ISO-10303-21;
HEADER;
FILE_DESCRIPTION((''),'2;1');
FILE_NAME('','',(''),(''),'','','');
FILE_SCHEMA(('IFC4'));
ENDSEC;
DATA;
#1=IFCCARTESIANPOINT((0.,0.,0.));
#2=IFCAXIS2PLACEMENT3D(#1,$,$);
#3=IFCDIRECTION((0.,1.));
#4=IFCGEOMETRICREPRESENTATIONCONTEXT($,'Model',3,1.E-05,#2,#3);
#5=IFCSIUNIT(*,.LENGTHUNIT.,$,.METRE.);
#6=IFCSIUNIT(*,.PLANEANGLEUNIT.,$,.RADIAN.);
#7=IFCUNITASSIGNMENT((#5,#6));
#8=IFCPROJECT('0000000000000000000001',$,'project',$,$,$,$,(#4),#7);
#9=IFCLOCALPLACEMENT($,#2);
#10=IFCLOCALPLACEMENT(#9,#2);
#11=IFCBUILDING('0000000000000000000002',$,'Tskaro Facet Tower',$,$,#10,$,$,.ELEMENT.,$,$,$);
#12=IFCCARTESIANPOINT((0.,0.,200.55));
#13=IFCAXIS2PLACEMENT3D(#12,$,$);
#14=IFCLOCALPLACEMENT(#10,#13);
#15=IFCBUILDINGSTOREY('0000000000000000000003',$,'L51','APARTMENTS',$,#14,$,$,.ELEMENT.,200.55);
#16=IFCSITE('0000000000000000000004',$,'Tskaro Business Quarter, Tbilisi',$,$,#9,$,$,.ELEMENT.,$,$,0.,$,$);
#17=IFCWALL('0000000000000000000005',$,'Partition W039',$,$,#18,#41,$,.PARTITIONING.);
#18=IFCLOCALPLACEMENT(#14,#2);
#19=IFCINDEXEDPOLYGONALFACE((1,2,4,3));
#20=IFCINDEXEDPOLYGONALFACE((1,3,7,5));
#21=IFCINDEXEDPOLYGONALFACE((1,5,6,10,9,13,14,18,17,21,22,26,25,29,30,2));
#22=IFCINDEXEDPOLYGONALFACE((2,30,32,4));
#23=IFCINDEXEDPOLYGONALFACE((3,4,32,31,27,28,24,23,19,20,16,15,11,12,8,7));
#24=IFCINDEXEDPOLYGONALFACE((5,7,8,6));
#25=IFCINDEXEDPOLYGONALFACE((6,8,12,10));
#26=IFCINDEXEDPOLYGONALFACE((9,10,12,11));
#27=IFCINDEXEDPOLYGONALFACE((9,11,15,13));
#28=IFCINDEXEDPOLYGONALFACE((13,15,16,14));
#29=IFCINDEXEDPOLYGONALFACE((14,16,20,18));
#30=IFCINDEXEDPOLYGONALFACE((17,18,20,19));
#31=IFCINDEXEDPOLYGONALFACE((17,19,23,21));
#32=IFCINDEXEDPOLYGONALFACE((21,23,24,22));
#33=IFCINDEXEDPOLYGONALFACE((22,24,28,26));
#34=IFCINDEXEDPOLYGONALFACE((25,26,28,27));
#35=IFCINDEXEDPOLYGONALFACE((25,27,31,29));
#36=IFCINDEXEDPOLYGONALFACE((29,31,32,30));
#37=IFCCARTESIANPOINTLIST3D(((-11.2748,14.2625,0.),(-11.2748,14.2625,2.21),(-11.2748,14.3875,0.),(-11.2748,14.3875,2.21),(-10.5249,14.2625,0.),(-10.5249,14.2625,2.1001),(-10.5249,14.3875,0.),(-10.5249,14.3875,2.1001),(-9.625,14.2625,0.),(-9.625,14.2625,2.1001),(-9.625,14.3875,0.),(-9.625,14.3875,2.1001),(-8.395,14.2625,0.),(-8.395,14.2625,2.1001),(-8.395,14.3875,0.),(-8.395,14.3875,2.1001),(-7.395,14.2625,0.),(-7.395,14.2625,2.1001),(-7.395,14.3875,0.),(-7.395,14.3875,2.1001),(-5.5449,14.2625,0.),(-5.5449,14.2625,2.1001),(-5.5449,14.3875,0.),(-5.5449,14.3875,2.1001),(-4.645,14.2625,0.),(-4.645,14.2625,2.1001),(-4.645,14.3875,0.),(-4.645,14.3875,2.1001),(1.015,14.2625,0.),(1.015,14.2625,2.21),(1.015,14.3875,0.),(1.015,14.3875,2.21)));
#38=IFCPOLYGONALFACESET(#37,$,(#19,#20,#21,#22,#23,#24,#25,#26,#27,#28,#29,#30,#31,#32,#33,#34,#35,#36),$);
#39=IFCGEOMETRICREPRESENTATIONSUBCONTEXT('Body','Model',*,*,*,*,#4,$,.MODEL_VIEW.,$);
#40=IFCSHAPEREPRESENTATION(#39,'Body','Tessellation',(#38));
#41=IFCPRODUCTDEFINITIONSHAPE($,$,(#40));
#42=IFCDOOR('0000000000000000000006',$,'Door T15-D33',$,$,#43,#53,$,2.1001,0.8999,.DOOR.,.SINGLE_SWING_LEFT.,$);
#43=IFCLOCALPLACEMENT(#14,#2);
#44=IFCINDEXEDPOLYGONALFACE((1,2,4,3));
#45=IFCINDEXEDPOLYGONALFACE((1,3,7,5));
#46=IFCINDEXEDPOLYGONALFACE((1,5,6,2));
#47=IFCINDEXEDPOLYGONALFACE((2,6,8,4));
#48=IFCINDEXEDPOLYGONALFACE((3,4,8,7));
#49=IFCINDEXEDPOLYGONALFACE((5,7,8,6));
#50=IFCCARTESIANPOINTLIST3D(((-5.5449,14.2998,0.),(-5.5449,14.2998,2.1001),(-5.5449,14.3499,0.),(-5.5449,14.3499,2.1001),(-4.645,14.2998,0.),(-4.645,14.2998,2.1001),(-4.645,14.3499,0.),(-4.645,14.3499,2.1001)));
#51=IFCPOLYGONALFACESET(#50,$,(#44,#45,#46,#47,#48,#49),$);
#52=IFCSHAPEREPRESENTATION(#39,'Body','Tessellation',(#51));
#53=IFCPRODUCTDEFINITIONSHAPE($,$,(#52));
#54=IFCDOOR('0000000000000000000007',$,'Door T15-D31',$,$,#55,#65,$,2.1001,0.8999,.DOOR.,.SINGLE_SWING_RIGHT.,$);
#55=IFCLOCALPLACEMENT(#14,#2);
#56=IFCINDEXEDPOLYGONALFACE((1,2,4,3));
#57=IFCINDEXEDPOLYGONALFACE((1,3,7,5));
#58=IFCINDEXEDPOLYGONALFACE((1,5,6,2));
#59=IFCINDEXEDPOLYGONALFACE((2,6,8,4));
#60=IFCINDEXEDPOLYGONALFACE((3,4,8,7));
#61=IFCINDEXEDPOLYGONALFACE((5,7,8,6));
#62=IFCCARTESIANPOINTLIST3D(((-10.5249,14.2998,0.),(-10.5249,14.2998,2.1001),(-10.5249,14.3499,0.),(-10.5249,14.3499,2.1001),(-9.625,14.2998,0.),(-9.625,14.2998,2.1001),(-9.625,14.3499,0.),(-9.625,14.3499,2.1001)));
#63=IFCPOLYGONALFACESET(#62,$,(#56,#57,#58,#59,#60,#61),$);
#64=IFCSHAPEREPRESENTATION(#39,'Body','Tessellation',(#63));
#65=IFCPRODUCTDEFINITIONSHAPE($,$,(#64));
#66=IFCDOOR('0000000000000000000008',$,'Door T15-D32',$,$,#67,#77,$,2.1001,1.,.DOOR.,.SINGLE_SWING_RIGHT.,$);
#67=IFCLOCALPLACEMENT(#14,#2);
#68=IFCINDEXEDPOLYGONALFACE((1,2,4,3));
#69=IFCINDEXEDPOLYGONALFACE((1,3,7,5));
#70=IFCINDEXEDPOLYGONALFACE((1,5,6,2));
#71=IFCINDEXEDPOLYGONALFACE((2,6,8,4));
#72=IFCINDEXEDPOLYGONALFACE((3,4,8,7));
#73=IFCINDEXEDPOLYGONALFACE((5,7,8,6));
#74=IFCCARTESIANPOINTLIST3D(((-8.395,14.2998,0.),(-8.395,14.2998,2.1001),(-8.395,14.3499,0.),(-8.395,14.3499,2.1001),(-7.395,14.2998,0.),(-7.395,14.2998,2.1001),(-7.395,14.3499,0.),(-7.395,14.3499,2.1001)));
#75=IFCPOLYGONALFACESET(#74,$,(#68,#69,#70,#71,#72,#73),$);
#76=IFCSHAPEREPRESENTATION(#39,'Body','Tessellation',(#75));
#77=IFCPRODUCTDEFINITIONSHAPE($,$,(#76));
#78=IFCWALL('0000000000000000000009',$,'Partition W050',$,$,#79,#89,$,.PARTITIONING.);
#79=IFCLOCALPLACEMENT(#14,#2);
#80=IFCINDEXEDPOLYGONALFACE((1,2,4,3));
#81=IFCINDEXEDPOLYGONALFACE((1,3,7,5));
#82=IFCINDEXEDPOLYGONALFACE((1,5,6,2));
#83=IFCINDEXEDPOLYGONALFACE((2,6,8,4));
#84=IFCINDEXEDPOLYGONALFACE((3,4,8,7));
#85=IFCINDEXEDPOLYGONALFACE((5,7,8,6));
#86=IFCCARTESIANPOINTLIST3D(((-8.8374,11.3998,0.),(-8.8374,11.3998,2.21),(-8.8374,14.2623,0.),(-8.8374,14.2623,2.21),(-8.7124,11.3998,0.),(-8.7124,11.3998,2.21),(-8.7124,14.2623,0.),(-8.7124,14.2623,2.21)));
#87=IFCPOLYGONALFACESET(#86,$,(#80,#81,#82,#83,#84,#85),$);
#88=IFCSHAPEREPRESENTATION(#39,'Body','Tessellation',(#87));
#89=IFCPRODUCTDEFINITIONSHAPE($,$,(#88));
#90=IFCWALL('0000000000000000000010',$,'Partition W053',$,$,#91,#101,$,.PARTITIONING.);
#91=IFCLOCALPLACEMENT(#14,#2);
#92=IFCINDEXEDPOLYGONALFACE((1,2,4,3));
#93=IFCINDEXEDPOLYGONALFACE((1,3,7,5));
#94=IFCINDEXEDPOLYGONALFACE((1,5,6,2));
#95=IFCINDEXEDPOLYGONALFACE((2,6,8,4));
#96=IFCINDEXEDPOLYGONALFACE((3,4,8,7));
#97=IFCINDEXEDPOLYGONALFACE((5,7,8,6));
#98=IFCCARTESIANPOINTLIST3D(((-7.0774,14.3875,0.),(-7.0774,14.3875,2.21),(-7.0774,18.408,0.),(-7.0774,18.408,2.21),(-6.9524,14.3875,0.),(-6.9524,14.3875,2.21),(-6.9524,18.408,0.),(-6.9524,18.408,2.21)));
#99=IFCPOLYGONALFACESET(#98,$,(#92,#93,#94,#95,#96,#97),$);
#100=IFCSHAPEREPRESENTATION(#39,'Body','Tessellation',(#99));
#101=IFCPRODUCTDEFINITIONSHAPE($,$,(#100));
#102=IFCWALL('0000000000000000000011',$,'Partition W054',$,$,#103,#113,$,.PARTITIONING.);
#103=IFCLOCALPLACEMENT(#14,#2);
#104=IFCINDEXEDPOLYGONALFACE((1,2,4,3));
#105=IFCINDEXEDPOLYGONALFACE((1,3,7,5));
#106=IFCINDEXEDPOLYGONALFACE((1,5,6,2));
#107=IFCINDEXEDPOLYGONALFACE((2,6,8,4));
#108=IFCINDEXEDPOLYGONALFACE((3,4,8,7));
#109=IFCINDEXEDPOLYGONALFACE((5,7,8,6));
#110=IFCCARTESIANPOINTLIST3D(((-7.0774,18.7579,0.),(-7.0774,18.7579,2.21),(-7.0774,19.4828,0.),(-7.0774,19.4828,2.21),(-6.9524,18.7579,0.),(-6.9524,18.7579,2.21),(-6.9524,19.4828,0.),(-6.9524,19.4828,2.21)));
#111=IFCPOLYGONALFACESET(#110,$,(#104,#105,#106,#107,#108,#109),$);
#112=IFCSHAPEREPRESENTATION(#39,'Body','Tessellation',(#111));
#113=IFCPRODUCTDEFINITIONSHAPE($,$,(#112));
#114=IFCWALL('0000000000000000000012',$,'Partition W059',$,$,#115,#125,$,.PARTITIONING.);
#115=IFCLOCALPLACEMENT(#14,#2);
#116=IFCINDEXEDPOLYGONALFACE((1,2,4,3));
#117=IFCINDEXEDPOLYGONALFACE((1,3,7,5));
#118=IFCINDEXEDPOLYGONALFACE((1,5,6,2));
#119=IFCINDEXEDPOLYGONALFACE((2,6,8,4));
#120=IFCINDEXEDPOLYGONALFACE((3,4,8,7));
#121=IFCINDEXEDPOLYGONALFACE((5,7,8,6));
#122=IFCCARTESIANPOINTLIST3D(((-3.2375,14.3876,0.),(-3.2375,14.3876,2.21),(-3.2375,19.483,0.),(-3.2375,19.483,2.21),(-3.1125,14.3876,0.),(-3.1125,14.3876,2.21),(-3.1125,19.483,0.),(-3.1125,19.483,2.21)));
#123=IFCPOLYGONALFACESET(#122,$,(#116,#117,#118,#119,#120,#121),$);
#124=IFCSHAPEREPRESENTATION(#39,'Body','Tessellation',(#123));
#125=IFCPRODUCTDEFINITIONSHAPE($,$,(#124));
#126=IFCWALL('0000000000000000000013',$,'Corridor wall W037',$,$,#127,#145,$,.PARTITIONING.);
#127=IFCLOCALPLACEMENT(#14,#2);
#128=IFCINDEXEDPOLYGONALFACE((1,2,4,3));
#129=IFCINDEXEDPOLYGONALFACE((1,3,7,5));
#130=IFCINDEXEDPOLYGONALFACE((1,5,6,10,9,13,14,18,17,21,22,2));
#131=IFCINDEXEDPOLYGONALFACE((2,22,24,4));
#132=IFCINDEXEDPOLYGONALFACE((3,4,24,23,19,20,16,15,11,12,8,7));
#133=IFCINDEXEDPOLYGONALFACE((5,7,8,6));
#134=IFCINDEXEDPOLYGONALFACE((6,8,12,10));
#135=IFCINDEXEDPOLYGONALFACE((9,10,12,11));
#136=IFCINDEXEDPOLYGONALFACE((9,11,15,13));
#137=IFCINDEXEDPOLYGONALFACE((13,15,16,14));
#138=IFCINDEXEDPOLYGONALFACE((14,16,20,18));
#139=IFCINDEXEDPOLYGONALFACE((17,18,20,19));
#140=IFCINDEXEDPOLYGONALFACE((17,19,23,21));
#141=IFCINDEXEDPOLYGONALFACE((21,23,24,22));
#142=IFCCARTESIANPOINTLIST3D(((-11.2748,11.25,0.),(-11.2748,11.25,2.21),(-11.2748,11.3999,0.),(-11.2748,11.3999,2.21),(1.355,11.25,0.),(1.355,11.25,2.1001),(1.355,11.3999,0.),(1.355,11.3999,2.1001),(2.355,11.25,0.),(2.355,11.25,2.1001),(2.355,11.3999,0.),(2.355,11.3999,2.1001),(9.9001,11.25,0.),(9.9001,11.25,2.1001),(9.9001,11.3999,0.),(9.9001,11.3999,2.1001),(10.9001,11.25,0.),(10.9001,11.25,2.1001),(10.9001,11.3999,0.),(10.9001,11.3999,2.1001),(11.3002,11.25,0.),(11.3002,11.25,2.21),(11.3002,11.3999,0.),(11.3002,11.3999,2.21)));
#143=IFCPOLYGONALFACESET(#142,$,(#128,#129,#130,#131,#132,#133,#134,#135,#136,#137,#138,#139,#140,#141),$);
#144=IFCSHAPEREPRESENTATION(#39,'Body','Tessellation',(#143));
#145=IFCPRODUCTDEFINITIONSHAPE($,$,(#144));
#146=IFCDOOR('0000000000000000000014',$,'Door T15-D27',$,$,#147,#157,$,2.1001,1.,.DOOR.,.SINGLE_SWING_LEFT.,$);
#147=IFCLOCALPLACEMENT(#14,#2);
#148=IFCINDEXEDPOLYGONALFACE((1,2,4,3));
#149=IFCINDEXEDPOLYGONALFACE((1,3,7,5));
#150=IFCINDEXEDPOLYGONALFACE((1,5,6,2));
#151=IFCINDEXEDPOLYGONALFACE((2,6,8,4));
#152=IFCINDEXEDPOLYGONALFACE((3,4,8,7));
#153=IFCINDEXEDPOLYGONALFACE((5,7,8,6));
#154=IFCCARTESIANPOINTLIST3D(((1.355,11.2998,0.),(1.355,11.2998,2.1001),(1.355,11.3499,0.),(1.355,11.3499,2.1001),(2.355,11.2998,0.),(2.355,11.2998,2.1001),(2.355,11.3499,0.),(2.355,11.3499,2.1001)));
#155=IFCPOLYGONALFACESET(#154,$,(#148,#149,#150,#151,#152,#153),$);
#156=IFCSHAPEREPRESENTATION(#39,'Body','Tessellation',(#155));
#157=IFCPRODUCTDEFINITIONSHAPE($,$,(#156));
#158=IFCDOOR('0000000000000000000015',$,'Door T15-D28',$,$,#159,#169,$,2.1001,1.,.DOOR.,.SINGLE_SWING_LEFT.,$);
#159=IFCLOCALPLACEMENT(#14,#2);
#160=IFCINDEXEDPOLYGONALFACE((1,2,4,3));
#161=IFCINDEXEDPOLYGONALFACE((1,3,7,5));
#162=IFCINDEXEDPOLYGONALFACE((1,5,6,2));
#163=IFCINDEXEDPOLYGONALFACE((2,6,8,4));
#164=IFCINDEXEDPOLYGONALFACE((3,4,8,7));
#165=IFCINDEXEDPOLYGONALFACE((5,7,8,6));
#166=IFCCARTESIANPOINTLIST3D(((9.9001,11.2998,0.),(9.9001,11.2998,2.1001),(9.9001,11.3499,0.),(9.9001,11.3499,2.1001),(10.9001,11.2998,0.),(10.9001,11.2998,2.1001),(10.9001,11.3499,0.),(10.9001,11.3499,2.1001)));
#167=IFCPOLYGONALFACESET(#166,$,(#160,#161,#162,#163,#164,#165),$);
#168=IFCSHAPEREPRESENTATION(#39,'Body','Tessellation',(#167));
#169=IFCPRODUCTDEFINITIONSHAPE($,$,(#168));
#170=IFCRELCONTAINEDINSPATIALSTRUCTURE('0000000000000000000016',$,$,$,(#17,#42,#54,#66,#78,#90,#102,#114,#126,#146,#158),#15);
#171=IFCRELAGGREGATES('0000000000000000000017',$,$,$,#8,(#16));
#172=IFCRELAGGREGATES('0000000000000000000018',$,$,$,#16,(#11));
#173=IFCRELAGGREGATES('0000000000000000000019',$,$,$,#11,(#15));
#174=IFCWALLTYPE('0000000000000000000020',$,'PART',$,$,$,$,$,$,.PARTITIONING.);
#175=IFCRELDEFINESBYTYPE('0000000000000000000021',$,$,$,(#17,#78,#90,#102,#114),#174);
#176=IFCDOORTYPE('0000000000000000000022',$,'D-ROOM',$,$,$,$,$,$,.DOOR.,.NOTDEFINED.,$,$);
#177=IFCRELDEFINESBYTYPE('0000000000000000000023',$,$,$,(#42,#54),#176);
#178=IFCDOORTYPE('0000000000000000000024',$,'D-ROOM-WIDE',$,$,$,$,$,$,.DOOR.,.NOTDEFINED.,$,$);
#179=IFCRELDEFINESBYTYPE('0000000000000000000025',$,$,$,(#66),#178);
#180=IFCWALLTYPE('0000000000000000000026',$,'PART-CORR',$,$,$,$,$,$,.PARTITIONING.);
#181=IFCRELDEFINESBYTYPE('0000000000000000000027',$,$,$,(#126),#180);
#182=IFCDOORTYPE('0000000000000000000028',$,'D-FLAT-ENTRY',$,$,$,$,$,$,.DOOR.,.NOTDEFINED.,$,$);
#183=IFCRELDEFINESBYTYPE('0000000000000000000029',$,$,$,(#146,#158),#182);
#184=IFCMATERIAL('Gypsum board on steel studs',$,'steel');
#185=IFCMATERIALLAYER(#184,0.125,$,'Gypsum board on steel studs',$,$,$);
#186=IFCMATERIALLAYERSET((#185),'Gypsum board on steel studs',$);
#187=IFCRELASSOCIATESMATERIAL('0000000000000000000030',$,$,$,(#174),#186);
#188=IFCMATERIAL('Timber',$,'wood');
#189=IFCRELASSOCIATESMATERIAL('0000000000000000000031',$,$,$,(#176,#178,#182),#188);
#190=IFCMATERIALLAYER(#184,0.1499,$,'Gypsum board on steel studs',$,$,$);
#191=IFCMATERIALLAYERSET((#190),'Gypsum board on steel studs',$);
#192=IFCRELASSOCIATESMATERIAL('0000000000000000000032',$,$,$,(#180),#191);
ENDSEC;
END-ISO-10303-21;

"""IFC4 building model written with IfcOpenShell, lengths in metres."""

from ifc_helpers import new_model, si_unit, direction, frame, frame_2d, origin, place, context, subcontext, project, spatial, rectangle, extrude, material, layer, layer_set, type_object, element, fill, save


model = new_model("IFC4")

# Units and contexts
model_context = context("Model", 3, precision=1e-05, world=origin(), true_north=direction((0.0, 1.0)))
body_context = subcontext(model_context, "Body", "Model", "MODEL_VIEW")
ifc_project = project(units=[si_unit("LENGTHUNIT", "METRE"), si_unit("PLANEANGLEUNIT", "RADIAN")], contexts=[model_context])

# Site, building, storey
site_placement = place(None, origin())
site = spatial("IfcSite", under=ifc_project, at=site_placement, Name="Tskaro Business Quarter, Tbilisi", CompositionType="ELEMENT", RefElevation=0.0)
building_placement = place(site_placement, origin())
building = spatial("IfcBuilding", under=site, at=building_placement, Name="Tskaro Facet Tower", CompositionType="ELEMENT")
storey_placement = place(building_placement, frame((0.0, 0.0, 200.55)))
storey = spatial("IfcBuildingStorey", under=building, at=storey_placement, Name="L51", Description="APARTMENTS", CompositionType="ELEMENT", Elevation=200.55)

# Wall, openings, doors
ifc_material_1 = material(Name="Gypsum board on steel studs", Category="steel")
ifc_layer_1 = layer(ifc_material_1, 0.125, Name="Gypsum board on steel studs")
ifc_layer_set_1 = layer_set([ifc_layer_1], Name="Gypsum board on steel studs")
wall_type_1 = type_object("IfcWallType", Name="PART", PredefinedType="PARTITIONING", material=ifc_layer_set_1)
wall_1_placement = place(storey_placement, frame((-11.2749, 14.325, 0.0), z_axis=(0.0, 0.0, 1.0), x_axis=(1.0, 0.0, 0.0)))
wall_1 = element("IfcWall", 1, at=wall_1_placement, inside=storey, type_object=wall_type_1, Name="Partition W039", PredefinedType="PARTITIONING", context=body_context, shape_type="SweptSolid", body=[
    extrude(rectangle(XDim=12.2898, YDim=0.125, at=frame_2d((6.145, 0.0))), origin(), (0.0, 0.0, 1.0), 2.21),
])
opening_1_placement = place(wall_1_placement, frame((5.73, 0.0, 0.0)))
opening_1 = element("IfcOpeningElement", 2, at=opening_1_placement, cuts=wall_1, PredefinedType="OPENING", context=body_context, shape_type="SweptSolid", body=[
    extrude(rectangle(XDim=0.8999, YDim=2.1001, at=frame_2d((0.45, 1.05))), frame((0.0, 0.0725, 0.0), z_axis=(0.0, -1.0, 0.0), x_axis=(1.0, 0.0, 0.0)), (0.0, 0.0, 1.0), 0.145),
])
opening_2_placement = place(wall_1_placement, frame((2.8799, 0.0, 0.0)))
opening_2 = element("IfcOpeningElement", 3, at=opening_2_placement, cuts=wall_1, PredefinedType="OPENING", context=body_context, shape_type="SweptSolid", body=[
    extrude(rectangle(XDim=1.0, YDim=2.1001, at=frame_2d((0.5, 1.05))), frame((0.0, 0.0725, 0.0), z_axis=(0.0, -1.0, 0.0), x_axis=(1.0, 0.0, 0.0)), (0.0, 0.0, 1.0), 0.145),
])
opening_3_placement = place(wall_1_placement, frame((0.75, 0.0, 0.0)))
opening_3 = element("IfcOpeningElement", 4, at=opening_3_placement, cuts=wall_1, PredefinedType="OPENING", context=body_context, shape_type="SweptSolid", body=[
    extrude(rectangle(XDim=0.8999, YDim=2.1001, at=frame_2d((0.45, 1.05))), frame((0.0, 0.0725, 0.0), z_axis=(0.0, -1.0, 0.0), x_axis=(1.0, 0.0, 0.0)), (0.0, 0.0, 1.0), 0.145),
])
ifc_material_2 = material(Name="Timber", Category="wood")
door_type_1 = type_object("IfcDoorType", Name="D-ROOM", OperationType="NOTDEFINED", PredefinedType="DOOR", material=ifc_material_2)
door_1_placement = place(opening_1_placement, origin())
door_1 = element("IfcDoor", 5, at=door_1_placement, inside=storey, type_object=door_type_1, Name="Door T15-D33", OperationType="SINGLE_SWING_LEFT", OverallHeight=2.1001, OverallWidth=0.8999, PredefinedType="DOOR", context=body_context, shape_type="SweptSolid", body=[
    extrude(rectangle(XDim=0.8999, YDim=2.1001, at=frame_2d((0.45, 1.05))), frame((0.0, 0.0249, 0.0), z_axis=(0.0, -1.0, 0.0), x_axis=(1.0, 0.0, 0.0)), (0.0, 0.0, 1.0), 0.05),
])
fill(opening_1, door_1)
door_2_placement = place(opening_3_placement, origin())
door_2 = element("IfcDoor", 6, at=door_2_placement, inside=storey, type_object=door_type_1, Name="Door T15-D31", OperationType="SINGLE_SWING_RIGHT", OverallHeight=2.1001, OverallWidth=0.8999, PredefinedType="DOOR", context=body_context, shape_type="SweptSolid", body=[
    extrude(rectangle(XDim=0.8999, YDim=2.1001, at=frame_2d((0.45, 1.05))), frame((0.0, 0.0249, 0.0), z_axis=(0.0, -1.0, 0.0), x_axis=(1.0, 0.0, 0.0)), (0.0, 0.0, 1.0), 0.05),
])
fill(opening_3, door_2)
door_type_2 = type_object("IfcDoorType", Name="D-ROOM-WIDE", OperationType="NOTDEFINED", PredefinedType="DOOR", material=ifc_material_2)
door_3_placement = place(opening_2_placement, origin())
door_3 = element("IfcDoor", 7, at=door_3_placement, inside=storey, type_object=door_type_2, Name="Door T15-D32", OperationType="SINGLE_SWING_RIGHT", OverallHeight=2.1001, OverallWidth=1.0, PredefinedType="DOOR", context=body_context, shape_type="SweptSolid", body=[
    extrude(rectangle(XDim=1.0, YDim=2.1001, at=frame_2d((0.5, 1.05))), frame((0.0, 0.0249, 0.0), z_axis=(0.0, -1.0, 0.0), x_axis=(1.0, 0.0, 0.0)), (0.0, 0.0, 1.0), 0.05),
])
fill(opening_2, door_3)

# Walls
wall_2_placement = place(storey_placement, frame((-8.7749, 11.3999, 0.0), z_axis=(0.0, 0.0, 1.0), x_axis=(0.0, 1.0, 0.0)))
element("IfcWall", 8, at=wall_2_placement, inside=storey, type_object=wall_type_1, Name="Partition W050", PredefinedType="PARTITIONING", context=body_context, shape_type="SweptSolid", body=[
    extrude(rectangle(XDim=2.8625, YDim=0.125, at=frame_2d((1.4312, 0.0))), origin(), (0.0, 0.0, 1.0), 2.21),
])
wall_3_placement = place(storey_placement, frame((-7.0149, 14.3875, 0.0), z_axis=(0.0, 0.0, 1.0), x_axis=(0.0, 1.0, 0.0)))
element("IfcWall", 9, at=wall_3_placement, inside=storey, type_object=wall_type_1, Name="Partition W053", PredefinedType="PARTITIONING", context=body_context, shape_type="SweptSolid", body=[
    extrude(rectangle(XDim=4.0205, YDim=0.125, at=frame_2d((2.0103, 0.0))), origin(), (0.0, 0.0, 1.0), 2.21),
])
wall_4_placement = place(storey_placement, frame((-7.0149, 18.7581, 0.0), z_axis=(0.0, 0.0, 1.0), x_axis=(0.0, 1.0, 0.0)))
element("IfcWall", 10, at=wall_4_placement, inside=storey, type_object=wall_type_1, Name="Partition W054", PredefinedType="PARTITIONING", context=body_context, shape_type="SweptSolid", body=[
    extrude(rectangle(XDim=0.7249, YDim=0.125, at=frame_2d((0.3623, 0.0))), origin(), (0.0, 0.0, 1.0), 2.21),
])
wall_5_placement = place(storey_placement, frame((-3.175, 14.3875, 0.0), z_axis=(0.0, 0.0, 1.0), x_axis=(0.0, 1.0, 0.0)))
element("IfcWall", 11, at=wall_5_placement, inside=storey, type_object=wall_type_1, Name="Partition W059", PredefinedType="PARTITIONING", context=body_context, shape_type="SweptSolid", body=[
    extrude(rectangle(XDim=5.0955, YDim=0.125, at=frame_2d((2.5479, 0.0))), origin(), (0.0, 0.0, 1.0), 2.21),
])

# Wall, openings, doors
ifc_layer_2 = layer(ifc_material_1, 0.1499, Name="Gypsum board on steel studs")
ifc_layer_set_2 = layer_set([ifc_layer_2], Name="Gypsum board on steel studs")
wall_type_2 = type_object("IfcWallType", Name="PART-CORR", PredefinedType="PARTITIONING", material=ifc_layer_set_2)
wall_6_placement = place(storey_placement, frame((-11.2749, 11.325, 0.0), z_axis=(0.0, 0.0, 1.0), x_axis=(1.0, 0.0, 0.0)))
wall_6 = element("IfcWall", 12, at=wall_6_placement, inside=storey, type_object=wall_type_2, Name="Corridor wall W037", PredefinedType="PARTITIONING", context=body_context, shape_type="SweptSolid", body=[
    extrude(rectangle(XDim=22.575, YDim=0.1499, at=frame_2d((11.2876, 0.0))), origin(), (0.0, 0.0, 1.0), 2.21),
])
opening_4_placement = place(wall_6_placement, frame((12.6299, 0.0, 0.0)))
opening_4 = element("IfcOpeningElement", 13, at=opening_4_placement, cuts=wall_6, PredefinedType="OPENING", context=body_context, shape_type="SweptSolid", body=[
    extrude(rectangle(XDim=1.0, YDim=2.1001, at=frame_2d((0.5, 1.05))), frame((0.0, 0.085, 0.0), z_axis=(0.0, -1.0, 0.0), x_axis=(1.0, 0.0, 0.0)), (0.0, 0.0, 1.0), 0.1699),
])
opening_5_placement = place(wall_6_placement, frame((21.175, 0.0, 0.0)))
opening_5 = element("IfcOpeningElement", 14, at=opening_5_placement, cuts=wall_6, PredefinedType="OPENING", context=body_context, shape_type="SweptSolid", body=[
    extrude(rectangle(XDim=1.0, YDim=2.1001, at=frame_2d((0.5, 1.05))), frame((0.0, 0.085, 0.0), z_axis=(0.0, -1.0, 0.0), x_axis=(1.0, 0.0, 0.0)), (0.0, 0.0, 1.0), 0.1699),
])
door_type_3 = type_object("IfcDoorType", Name="D-FLAT-ENTRY", OperationType="NOTDEFINED", PredefinedType="DOOR", material=ifc_material_2)
door_4_placement = place(opening_4_placement, origin())
door_4 = element("IfcDoor", 15, at=door_4_placement, inside=storey, type_object=door_type_3, Name="Door T15-D27", OperationType="SINGLE_SWING_LEFT", OverallHeight=2.1001, OverallWidth=1.0, PredefinedType="DOOR", context=body_context, shape_type="SweptSolid", body=[
    extrude(rectangle(XDim=1.0, YDim=2.1001, at=frame_2d((0.5, 1.05))), frame((0.0, 0.0249, 0.0), z_axis=(0.0, -1.0, 0.0), x_axis=(1.0, 0.0, 0.0)), (0.0, 0.0, 1.0), 0.05),
])
fill(opening_4, door_4)
door_5_placement = place(opening_5_placement, origin())
door_5 = element("IfcDoor", 16, at=door_5_placement, inside=storey, type_object=door_type_3, Name="Door T15-D28", OperationType="SINGLE_SWING_LEFT", OverallHeight=2.1001, OverallWidth=1.0, PredefinedType="DOOR", context=body_context, shape_type="SweptSolid", body=[
    extrude(rectangle(XDim=1.0, YDim=2.1001, at=frame_2d((0.5, 1.05))), frame((0.0, 0.0249, 0.0), z_axis=(0.0, -1.0, 0.0), x_axis=(1.0, 0.0, 0.0)), (0.0, 0.0, 1.0), 0.05),
])
fill(opening_5, door_5)

save(model, "model.ifc")
